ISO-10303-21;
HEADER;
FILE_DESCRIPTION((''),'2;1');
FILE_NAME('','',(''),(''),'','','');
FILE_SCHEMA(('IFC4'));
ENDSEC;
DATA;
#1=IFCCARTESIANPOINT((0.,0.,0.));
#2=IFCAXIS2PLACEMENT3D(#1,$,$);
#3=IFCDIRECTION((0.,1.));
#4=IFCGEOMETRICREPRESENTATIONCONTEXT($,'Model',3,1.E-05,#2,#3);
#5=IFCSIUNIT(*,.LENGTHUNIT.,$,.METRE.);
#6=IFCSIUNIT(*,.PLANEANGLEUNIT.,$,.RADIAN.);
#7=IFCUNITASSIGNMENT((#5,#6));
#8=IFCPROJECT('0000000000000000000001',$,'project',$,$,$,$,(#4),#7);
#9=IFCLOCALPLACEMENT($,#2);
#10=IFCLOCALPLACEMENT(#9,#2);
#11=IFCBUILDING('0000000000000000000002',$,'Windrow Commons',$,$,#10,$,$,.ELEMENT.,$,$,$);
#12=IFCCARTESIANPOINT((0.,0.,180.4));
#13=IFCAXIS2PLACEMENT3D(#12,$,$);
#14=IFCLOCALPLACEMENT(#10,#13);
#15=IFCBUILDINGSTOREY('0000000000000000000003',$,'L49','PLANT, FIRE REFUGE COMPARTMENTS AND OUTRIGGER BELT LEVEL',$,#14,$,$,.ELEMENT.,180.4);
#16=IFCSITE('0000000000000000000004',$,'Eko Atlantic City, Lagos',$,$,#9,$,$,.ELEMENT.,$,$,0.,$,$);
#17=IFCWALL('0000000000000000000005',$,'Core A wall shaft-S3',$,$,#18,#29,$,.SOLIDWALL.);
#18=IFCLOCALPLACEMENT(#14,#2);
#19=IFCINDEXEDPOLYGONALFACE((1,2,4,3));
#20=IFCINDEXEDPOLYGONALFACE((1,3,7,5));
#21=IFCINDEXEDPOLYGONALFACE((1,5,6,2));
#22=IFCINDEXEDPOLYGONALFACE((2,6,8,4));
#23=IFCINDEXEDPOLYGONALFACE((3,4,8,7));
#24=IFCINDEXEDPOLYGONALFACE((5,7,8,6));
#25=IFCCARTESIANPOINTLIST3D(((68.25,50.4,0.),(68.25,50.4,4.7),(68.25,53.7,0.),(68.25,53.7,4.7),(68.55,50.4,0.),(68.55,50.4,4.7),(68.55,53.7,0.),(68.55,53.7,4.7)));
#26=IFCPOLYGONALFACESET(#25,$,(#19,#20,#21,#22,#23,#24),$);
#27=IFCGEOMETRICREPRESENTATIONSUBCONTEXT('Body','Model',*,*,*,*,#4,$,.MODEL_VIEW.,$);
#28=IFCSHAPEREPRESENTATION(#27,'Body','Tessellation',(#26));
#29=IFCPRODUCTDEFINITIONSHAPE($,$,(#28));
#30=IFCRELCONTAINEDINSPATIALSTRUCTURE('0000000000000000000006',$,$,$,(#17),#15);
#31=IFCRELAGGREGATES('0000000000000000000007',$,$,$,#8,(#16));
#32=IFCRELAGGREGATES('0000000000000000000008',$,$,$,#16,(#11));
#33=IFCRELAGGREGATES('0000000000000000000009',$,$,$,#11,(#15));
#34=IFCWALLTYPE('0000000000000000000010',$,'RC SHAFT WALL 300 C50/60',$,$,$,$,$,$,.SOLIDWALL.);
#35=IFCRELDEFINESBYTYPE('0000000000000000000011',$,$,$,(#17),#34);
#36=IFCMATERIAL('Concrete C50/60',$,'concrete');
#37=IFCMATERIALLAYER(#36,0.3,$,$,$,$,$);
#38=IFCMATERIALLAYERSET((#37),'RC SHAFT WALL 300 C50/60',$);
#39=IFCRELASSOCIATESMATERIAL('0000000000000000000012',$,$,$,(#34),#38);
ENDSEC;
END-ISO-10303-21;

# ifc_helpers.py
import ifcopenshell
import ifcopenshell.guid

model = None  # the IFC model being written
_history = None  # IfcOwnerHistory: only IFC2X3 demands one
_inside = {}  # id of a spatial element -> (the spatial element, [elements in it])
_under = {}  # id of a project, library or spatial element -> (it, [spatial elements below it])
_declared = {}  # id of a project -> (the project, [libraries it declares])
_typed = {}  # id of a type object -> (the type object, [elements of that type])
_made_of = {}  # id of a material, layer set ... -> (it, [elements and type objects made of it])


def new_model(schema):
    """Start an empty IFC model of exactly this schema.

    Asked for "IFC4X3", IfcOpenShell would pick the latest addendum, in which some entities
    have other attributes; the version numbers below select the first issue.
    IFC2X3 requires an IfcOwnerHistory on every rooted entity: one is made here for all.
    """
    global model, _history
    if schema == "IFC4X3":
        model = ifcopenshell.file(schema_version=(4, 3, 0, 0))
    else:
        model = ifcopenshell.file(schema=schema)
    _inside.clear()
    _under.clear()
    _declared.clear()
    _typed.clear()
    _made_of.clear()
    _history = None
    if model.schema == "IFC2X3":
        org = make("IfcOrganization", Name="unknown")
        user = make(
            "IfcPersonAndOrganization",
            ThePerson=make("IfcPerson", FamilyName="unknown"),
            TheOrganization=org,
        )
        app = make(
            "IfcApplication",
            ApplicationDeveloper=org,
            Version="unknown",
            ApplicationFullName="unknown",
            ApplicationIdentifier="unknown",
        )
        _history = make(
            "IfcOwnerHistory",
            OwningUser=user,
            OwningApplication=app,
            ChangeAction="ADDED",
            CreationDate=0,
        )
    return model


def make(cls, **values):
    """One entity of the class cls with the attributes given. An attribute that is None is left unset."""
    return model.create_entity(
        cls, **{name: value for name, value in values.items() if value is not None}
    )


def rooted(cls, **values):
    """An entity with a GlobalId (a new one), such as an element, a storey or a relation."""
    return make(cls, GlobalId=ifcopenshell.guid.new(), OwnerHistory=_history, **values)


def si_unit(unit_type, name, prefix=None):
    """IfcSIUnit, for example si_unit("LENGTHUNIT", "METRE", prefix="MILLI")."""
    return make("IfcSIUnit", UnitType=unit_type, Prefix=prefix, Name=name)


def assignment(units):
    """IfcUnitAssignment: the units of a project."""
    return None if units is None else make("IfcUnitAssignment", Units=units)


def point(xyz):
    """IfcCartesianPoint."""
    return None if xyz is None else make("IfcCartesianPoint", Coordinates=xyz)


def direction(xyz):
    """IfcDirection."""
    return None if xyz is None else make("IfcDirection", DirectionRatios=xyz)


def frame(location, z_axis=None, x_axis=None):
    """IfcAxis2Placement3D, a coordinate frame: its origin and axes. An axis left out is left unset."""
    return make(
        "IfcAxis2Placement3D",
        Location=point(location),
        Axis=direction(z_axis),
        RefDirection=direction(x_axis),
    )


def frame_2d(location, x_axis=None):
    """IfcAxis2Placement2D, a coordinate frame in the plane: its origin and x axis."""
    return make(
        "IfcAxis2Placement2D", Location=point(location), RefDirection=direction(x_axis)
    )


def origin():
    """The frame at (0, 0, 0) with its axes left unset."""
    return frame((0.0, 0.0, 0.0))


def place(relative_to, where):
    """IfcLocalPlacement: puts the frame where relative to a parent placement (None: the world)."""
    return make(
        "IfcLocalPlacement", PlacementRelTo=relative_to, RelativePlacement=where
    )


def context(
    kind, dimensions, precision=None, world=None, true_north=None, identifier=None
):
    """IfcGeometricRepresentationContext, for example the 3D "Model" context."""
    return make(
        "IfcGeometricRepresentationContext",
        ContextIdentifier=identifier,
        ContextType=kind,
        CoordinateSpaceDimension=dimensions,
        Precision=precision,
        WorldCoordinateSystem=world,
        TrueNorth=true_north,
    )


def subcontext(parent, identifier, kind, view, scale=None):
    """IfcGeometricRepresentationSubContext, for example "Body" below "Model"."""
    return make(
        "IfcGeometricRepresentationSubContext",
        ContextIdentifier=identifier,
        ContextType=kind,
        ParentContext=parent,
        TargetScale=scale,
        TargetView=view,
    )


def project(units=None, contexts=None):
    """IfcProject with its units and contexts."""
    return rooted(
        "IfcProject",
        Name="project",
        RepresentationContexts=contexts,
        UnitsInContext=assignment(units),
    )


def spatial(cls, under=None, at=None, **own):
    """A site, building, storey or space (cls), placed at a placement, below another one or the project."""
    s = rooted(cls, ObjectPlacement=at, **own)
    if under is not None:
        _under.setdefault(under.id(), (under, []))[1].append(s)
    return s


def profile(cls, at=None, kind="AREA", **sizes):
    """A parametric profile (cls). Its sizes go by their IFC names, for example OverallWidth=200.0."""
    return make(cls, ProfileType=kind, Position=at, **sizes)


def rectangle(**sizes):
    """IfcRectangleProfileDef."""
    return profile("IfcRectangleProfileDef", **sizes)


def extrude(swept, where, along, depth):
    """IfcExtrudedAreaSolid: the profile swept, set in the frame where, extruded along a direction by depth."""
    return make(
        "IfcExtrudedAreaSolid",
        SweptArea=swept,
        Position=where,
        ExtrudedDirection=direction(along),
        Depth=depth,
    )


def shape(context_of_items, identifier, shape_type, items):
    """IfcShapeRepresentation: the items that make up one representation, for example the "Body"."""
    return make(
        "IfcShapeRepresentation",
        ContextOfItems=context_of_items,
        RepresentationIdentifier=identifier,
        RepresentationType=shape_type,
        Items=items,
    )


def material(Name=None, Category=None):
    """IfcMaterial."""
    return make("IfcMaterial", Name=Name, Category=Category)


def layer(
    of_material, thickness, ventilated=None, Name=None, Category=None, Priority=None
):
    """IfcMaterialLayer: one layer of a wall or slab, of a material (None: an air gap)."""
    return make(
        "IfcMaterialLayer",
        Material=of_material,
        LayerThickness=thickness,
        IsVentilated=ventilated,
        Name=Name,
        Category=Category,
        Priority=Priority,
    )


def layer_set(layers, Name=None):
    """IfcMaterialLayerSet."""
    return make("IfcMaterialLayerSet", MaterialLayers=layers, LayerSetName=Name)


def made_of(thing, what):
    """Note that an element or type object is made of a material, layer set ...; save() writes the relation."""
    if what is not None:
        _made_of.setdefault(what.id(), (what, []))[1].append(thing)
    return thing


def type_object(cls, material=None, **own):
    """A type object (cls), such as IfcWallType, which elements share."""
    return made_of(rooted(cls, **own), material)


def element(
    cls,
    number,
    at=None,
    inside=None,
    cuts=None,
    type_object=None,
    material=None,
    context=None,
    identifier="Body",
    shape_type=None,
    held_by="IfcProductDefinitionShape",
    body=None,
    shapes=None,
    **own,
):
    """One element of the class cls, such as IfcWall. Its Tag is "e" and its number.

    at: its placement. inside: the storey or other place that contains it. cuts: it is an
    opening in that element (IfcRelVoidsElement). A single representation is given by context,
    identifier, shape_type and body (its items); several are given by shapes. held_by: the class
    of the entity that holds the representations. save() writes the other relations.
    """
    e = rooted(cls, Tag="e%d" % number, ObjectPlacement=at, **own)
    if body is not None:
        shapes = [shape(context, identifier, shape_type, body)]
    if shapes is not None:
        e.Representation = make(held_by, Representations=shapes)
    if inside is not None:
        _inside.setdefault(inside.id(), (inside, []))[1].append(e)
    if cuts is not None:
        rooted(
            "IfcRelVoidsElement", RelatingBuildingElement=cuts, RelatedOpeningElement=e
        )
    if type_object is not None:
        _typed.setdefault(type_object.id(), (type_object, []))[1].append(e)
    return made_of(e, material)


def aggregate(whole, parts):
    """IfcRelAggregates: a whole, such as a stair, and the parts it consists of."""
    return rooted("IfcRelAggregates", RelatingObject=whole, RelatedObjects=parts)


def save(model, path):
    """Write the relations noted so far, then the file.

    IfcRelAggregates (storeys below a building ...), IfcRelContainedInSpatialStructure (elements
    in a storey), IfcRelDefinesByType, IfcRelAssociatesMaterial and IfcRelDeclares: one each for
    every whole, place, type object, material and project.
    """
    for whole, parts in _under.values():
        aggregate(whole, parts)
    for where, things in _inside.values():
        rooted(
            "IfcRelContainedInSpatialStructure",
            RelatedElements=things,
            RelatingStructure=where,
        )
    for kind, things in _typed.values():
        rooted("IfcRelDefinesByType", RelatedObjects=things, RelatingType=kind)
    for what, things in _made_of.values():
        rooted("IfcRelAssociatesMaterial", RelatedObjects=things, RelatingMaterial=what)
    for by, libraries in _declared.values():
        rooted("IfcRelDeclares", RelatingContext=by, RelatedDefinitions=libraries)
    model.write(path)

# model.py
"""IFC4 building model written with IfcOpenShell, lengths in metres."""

from ifc_helpers import new_model, si_unit, direction, frame, frame_2d, origin, place, context, subcontext, project, spatial, rectangle, extrude, material, layer, layer_set, type_object, element, save


model = new_model("IFC4")

# Units and contexts
model_context = context("Model", 3, precision=1e-05, world=origin(), true_north=direction((0.0, 1.0)))
body_context = subcontext(model_context, "Body", "Model", "MODEL_VIEW")
ifc_project = project(units=[si_unit("LENGTHUNIT", "METRE"), si_unit("PLANEANGLEUNIT", "RADIAN")], contexts=[model_context])

# Site, building, storey
site_placement = place(None, origin())
site = spatial("IfcSite", under=ifc_project, at=site_placement, Name="Eko Atlantic City, Lagos", CompositionType="ELEMENT", RefElevation=0.0)
building_placement = place(site_placement, origin())
building = spatial("IfcBuilding", under=site, at=building_placement, Name="Windrow Commons", CompositionType="ELEMENT")
storey_placement = place(building_placement, frame((0.0, 0.0, 180.4)))
storey = spatial("IfcBuildingStorey", under=building, at=storey_placement, Name="L49", Description="PLANT, FIRE REFUGE COMPARTMENTS AND OUTRIGGER BELT LEVEL", CompositionType="ELEMENT", Elevation=180.4)

# Wall
ifc_material_1 = material(Name="Concrete C50/60", Category="concrete")
ifc_layer_1 = layer(ifc_material_1, 0.3)
ifc_layer_set_1 = layer_set([ifc_layer_1], Name="RC SHAFT WALL 300 C50/60")
wall_type_1 = type_object("IfcWallType", Name="RC SHAFT WALL 300 C50/60", PredefinedType="SOLIDWALL", material=ifc_layer_set_1)
for number, where, z_axis, x_axis, name in (
    (1, (68.4, 50.4, 0.0), (0.0, 0.0, 1.0), (0.0, 1.0, 0.0), "Core A wall shaft-S3"),
):
    element("IfcWall", number, at=place(storey_placement, frame(where, z_axis=z_axis, x_axis=x_axis)), inside=storey, type_object=wall_type_1, Name=name, PredefinedType="SOLIDWALL", context=body_context, shape_type="SweptSolid", body=[
        extrude(rectangle(XDim=3.3, YDim=0.3, at=frame_2d((1.65, 0.0))), origin(), (0.0, 0.0, 1.0), 4.7),
    ])

save(model, "model.ifc")
